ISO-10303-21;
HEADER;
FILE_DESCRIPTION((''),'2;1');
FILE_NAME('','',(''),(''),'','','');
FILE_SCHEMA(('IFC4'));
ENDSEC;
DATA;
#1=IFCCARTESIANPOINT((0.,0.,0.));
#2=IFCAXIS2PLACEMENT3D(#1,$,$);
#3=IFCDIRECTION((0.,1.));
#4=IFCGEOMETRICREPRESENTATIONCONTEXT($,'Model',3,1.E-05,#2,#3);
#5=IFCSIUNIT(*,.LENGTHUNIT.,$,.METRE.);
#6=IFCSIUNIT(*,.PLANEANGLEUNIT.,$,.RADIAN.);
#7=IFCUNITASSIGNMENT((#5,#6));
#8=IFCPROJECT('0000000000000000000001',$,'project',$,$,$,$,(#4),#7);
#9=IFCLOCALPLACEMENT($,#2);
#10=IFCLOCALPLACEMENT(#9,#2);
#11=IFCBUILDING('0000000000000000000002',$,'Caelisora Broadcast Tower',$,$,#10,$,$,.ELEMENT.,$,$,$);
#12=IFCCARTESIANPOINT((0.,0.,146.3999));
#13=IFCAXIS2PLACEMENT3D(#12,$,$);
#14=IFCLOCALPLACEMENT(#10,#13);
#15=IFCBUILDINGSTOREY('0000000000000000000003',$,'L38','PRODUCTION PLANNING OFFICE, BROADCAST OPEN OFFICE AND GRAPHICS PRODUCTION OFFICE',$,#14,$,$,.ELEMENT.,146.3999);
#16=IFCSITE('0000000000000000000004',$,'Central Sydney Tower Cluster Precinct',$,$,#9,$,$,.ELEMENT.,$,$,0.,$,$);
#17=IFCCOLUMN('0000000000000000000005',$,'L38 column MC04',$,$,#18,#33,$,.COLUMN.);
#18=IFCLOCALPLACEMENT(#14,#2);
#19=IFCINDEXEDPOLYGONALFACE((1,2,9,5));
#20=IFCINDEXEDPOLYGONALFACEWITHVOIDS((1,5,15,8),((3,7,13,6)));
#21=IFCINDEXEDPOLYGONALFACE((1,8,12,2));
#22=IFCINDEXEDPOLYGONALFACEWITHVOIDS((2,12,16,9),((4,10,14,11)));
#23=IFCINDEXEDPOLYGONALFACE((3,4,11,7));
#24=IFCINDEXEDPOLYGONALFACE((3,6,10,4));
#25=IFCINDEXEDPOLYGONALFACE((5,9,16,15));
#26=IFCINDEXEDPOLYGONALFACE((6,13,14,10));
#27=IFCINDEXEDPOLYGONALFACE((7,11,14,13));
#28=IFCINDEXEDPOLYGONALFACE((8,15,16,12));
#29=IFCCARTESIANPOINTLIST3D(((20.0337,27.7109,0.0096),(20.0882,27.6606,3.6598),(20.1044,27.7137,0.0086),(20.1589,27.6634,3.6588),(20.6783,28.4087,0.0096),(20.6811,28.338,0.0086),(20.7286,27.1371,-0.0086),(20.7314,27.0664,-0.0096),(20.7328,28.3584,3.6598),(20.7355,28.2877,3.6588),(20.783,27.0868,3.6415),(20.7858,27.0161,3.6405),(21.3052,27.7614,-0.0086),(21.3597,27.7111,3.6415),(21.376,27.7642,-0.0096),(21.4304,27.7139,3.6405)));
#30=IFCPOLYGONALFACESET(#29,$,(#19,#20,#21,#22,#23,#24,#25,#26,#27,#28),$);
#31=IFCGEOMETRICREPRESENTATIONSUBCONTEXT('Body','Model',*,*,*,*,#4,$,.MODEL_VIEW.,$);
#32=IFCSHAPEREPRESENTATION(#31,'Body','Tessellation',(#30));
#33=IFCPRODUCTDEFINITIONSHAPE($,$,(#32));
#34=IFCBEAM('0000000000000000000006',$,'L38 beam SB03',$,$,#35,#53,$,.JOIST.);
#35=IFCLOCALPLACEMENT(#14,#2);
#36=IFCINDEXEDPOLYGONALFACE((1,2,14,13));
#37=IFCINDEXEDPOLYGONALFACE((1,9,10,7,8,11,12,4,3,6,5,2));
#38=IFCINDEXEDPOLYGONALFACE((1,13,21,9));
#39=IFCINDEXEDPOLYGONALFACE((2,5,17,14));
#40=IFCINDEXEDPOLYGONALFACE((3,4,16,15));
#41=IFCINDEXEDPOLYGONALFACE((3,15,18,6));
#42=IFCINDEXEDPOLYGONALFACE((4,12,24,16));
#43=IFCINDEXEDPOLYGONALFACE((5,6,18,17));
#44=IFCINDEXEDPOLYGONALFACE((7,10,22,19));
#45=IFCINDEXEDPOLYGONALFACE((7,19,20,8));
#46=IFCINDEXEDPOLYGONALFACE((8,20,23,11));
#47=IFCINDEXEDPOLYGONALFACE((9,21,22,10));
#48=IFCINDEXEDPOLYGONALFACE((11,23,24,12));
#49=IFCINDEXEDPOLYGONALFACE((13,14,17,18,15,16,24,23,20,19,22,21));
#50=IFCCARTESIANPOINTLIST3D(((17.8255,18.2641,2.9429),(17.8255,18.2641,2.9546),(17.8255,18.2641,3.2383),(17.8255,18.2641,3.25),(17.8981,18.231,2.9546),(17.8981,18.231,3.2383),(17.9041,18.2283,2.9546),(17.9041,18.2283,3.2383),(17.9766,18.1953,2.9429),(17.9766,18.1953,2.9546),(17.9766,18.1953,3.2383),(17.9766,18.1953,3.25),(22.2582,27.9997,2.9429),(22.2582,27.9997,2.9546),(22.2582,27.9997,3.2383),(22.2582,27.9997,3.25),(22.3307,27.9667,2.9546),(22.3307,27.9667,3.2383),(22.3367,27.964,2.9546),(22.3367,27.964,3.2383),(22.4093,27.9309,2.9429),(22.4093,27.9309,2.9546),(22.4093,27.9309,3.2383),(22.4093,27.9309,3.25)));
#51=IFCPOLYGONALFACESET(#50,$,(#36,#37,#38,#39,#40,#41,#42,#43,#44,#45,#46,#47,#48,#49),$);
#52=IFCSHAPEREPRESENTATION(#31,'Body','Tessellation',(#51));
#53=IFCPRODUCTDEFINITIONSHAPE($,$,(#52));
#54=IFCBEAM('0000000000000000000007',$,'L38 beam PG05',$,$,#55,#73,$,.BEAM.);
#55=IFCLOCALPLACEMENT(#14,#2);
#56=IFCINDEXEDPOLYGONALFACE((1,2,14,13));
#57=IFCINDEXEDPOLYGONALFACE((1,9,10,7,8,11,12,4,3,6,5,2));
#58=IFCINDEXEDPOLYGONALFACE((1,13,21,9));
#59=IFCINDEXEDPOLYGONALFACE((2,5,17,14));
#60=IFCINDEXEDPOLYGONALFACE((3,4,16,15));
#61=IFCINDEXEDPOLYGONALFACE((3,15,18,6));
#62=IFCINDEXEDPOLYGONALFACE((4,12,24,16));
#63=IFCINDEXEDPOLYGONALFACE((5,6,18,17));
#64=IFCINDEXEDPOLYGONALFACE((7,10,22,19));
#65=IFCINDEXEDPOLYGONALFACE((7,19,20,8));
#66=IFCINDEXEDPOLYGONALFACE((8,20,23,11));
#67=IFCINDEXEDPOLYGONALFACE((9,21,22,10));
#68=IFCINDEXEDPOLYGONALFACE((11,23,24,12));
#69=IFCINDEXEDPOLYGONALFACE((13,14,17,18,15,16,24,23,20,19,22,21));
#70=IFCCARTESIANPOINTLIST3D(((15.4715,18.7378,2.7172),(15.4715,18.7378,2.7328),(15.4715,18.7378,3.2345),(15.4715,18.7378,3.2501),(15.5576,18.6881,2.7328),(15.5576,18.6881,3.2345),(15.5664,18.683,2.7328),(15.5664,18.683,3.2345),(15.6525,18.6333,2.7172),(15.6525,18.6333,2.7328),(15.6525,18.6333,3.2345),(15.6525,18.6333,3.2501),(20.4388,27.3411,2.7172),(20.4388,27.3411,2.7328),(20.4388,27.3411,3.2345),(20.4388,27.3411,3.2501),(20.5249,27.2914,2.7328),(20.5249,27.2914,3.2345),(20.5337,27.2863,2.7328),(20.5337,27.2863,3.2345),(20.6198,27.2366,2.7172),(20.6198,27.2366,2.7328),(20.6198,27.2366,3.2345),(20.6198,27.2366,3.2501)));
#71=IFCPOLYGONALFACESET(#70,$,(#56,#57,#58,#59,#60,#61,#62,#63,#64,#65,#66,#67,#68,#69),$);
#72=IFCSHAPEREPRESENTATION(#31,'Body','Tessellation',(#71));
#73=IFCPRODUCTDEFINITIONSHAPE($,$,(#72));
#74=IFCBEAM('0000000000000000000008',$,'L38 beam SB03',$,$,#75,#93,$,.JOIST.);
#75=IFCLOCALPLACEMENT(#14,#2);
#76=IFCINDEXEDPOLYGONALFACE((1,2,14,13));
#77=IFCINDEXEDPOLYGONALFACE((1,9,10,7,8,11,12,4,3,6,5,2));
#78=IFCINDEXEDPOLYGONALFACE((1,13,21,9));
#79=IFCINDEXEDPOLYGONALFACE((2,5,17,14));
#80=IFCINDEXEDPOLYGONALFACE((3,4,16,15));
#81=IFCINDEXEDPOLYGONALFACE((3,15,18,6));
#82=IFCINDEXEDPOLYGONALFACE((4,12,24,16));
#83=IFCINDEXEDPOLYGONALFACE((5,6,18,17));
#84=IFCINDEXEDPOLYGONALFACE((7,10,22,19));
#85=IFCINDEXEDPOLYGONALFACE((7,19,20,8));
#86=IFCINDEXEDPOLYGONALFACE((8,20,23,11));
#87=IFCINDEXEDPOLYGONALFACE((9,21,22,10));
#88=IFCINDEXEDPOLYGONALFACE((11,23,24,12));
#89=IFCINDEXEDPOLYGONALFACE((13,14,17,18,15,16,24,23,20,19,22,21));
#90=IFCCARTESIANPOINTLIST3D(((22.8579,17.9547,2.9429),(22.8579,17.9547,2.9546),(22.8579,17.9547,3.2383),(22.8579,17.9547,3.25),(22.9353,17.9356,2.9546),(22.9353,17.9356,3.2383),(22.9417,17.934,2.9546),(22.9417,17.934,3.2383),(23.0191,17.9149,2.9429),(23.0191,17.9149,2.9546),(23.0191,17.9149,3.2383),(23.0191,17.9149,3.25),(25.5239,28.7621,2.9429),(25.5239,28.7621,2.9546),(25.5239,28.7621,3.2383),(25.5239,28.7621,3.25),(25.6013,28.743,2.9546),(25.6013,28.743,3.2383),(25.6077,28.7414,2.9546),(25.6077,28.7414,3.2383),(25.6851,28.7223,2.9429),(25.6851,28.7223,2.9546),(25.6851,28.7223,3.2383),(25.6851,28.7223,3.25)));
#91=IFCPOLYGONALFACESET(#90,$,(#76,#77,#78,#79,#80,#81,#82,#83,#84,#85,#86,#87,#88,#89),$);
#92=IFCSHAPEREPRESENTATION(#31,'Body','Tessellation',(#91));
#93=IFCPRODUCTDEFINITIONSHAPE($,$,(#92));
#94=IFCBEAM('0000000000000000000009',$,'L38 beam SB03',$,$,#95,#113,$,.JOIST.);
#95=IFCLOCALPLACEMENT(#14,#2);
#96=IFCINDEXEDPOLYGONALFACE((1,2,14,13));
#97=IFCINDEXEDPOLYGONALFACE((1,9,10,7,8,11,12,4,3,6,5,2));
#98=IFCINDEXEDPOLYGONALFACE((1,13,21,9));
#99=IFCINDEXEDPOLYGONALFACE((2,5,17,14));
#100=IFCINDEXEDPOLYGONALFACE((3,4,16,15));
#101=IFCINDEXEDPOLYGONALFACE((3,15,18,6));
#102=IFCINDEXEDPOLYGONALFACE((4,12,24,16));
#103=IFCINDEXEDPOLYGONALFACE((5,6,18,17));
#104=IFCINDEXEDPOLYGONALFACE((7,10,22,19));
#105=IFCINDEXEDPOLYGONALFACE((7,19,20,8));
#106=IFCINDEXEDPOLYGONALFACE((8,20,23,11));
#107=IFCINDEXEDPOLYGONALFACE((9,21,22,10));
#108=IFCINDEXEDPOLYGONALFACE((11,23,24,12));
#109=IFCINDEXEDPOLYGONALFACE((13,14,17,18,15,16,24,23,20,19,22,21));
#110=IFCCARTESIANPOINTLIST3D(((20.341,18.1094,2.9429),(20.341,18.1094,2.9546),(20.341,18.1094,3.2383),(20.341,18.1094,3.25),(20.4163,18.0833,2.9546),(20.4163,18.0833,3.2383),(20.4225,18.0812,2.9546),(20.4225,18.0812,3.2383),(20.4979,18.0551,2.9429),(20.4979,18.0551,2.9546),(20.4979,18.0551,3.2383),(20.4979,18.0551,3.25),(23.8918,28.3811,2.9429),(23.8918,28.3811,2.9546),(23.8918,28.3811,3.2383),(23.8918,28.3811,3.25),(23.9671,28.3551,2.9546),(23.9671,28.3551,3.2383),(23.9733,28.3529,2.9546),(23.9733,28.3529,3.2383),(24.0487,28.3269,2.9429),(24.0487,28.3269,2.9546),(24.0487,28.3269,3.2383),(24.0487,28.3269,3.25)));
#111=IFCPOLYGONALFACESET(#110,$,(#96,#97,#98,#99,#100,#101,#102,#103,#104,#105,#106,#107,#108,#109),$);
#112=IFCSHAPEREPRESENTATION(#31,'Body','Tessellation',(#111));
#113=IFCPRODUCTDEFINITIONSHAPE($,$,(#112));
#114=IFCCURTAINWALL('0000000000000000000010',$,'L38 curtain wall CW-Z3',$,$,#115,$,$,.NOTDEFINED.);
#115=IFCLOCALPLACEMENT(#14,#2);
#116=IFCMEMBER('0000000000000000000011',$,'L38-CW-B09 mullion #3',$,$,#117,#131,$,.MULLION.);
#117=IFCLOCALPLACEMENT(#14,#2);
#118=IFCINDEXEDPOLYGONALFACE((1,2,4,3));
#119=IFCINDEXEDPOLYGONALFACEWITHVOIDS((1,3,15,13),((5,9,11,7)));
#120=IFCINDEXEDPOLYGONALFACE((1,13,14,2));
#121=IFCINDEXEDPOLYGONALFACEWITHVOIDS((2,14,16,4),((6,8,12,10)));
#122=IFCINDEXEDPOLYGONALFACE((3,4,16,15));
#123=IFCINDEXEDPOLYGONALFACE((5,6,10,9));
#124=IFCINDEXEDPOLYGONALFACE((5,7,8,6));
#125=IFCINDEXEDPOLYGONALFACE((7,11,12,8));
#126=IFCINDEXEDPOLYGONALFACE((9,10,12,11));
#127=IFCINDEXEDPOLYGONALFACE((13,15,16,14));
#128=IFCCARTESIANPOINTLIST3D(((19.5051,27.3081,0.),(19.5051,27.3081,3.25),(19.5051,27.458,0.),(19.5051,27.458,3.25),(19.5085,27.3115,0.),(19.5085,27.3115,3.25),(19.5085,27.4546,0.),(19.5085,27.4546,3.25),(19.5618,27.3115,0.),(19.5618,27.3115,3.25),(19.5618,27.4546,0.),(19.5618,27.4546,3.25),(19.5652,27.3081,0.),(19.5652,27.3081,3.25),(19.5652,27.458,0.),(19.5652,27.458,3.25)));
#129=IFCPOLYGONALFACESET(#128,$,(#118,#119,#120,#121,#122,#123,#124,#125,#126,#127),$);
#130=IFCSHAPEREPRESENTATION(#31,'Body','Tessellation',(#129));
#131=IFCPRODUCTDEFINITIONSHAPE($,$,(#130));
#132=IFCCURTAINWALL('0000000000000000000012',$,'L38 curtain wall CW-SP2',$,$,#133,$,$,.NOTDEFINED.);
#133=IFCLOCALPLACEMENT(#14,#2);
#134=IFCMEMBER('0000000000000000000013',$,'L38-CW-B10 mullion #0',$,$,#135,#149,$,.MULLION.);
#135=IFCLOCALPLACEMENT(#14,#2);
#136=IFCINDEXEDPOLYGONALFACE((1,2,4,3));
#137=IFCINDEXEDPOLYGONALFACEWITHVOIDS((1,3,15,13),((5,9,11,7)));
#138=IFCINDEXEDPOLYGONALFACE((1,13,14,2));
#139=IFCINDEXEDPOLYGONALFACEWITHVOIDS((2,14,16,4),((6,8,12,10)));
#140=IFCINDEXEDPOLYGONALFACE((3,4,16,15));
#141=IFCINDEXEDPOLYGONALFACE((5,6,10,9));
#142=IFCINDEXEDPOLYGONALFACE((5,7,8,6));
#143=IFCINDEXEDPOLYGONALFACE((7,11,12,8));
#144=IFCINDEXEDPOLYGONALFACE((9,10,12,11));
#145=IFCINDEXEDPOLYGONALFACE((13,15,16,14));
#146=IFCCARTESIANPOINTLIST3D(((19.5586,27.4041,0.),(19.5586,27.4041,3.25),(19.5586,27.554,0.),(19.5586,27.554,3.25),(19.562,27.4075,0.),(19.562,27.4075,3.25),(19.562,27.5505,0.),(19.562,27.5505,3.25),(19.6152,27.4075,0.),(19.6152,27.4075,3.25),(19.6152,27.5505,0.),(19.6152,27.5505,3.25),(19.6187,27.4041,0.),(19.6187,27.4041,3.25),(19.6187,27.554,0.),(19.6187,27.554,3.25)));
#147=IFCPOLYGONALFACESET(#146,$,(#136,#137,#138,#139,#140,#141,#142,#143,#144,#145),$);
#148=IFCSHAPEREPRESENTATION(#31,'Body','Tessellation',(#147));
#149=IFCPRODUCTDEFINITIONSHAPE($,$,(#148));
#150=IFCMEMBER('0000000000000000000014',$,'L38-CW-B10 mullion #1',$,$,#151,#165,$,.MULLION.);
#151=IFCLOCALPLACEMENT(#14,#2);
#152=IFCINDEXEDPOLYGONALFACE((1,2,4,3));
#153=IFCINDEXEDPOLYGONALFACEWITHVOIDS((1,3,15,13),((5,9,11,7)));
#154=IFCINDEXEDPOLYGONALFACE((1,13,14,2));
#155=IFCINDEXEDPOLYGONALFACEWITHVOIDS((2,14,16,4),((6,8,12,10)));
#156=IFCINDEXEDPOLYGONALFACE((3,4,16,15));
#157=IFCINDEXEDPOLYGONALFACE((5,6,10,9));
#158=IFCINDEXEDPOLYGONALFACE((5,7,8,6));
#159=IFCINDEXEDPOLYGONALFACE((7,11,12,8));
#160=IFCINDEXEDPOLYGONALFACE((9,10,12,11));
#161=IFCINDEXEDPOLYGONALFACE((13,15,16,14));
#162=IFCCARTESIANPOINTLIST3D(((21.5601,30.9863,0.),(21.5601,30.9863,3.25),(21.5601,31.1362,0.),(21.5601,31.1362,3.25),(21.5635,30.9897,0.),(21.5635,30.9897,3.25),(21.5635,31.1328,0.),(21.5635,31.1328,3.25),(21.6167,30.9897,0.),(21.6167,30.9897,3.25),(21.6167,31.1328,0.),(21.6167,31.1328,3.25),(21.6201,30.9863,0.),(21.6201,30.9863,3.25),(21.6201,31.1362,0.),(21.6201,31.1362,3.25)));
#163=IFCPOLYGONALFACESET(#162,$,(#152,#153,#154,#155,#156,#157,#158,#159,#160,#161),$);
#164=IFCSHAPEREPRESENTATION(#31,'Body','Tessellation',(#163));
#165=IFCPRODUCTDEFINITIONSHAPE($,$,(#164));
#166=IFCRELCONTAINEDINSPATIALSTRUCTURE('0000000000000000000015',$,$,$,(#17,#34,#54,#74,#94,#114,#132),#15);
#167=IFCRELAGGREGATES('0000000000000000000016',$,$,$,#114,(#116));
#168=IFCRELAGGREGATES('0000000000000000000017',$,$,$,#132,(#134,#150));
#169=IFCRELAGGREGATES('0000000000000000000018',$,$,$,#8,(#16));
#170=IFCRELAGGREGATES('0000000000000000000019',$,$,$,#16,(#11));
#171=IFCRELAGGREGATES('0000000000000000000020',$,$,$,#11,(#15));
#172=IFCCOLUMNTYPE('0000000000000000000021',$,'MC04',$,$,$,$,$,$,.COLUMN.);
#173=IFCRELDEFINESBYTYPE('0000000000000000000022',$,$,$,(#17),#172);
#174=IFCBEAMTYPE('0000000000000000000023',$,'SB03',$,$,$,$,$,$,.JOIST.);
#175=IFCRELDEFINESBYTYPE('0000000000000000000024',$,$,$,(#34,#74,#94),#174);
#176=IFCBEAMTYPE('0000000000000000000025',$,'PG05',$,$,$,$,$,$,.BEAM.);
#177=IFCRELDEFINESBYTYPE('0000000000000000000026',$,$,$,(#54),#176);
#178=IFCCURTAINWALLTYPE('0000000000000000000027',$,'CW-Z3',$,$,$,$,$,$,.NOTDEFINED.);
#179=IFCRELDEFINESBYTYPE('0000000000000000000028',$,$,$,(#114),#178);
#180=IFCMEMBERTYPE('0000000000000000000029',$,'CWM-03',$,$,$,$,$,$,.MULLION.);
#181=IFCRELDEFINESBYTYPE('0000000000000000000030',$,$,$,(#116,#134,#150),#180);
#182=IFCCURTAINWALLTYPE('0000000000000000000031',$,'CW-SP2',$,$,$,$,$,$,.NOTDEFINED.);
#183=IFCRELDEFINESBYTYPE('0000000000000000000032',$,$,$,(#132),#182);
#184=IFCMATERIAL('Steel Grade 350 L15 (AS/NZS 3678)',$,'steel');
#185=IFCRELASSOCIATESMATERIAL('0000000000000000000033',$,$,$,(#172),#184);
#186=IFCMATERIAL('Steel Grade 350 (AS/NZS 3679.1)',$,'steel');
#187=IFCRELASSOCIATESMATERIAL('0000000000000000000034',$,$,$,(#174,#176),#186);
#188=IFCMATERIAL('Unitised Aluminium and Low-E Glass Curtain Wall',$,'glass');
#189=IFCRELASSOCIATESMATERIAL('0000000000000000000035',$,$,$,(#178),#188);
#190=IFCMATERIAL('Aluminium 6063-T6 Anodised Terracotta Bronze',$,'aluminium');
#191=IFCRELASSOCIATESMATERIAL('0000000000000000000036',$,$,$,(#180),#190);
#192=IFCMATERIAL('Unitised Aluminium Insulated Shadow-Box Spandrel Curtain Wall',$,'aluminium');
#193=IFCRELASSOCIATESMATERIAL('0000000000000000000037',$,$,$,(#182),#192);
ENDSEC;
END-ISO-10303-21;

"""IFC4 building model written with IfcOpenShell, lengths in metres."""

from ifc_helpers import new_model, si_unit, direction, frame, origin, origin_2d, place, context, subcontext, project, spatial, hollow_rectangle, i_section, extrude, source, transform, mapped, material, material_profile, profile_set, type_object, type_shapes, element, aggregate, save


model = new_model("IFC4")

# Units and contexts
model_context = context("Model", 3, precision=1e-05, world=origin(), true_north=direction((0.0, 1.0)))
body_context = subcontext(model_context, "Body", "Model", "MODEL_VIEW")
ifc_project = project(units=[si_unit("LENGTHUNIT", "METRE"), si_unit("PLANEANGLEUNIT", "RADIAN")], contexts=[model_context])

# Site, building, storey
site_placement = place(None, origin())
site = spatial("IfcSite", under=ifc_project, at=site_placement, Name="Central Sydney Tower Cluster Precinct", CompositionType="ELEMENT", RefElevation=0.0)
building_placement = place(site_placement, origin())
building = spatial("IfcBuilding", under=site, at=building_placement, Name="Caelisora Broadcast Tower", CompositionType="ELEMENT")
storey_placement = place(building_placement, frame((0.0, 0.0, 146.3999)))
storey = spatial("IfcBuildingStorey", under=building, at=storey_placement, Name="L38", Description="PRODUCTION PLANNING OFFICE, BROADCAST OPEN OFFICE AND GRAPHICS PRODUCTION OFFICE", CompositionType="ELEMENT", Elevation=146.3999)

# Column
ifc_material_1 = material(Name="Steel Grade 350 L15 (AS/NZS 3678)", Category="steel")
ifc_material_profile_1 = material_profile(ifc_material_1, hollow_rectangle(XDim=0.95, YDim=0.95, WallThickness=0.05, at=origin_2d()), Name="Steel Grade 350 L15 (AS/NZS 3678)")
ifc_profile_set_1 = profile_set([ifc_material_profile_1], Name="Steel Grade 350 L15 (AS/NZS 3678)")
column_type = type_object("IfcColumnType", Name="MC04", PredefinedType="COLUMN", material=ifc_profile_set_1)
shared_shape_1 = source(origin(), body_context, "Body", "SweptSolid", [
    extrude(hollow_rectangle(XDim=0.95, YDim=0.95, WallThickness=0.05, at=origin_2d()), origin(), (0.0, 0.0, 1.0), 3.6509),
])
type_shapes(column_type, [shared_shape_1])
column_placement = place(storey_placement, frame((20.7048, 27.7375, 0.0), z_axis=(0.014912, -0.013776, 0.999794), x_axis=(0.678554, 0.734551, 0.0)))
element("IfcColumn", 1, at=column_placement, inside=storey, type_object=column_type, Name="L38 column MC04", PredefinedType="COLUMN", context=body_context, shape_type="MappedRepresentation", body=[
    mapped(shared_shape_1, transform((0.0, 0.0, 0.0), scale=1.0)),
])

# Beams
ifc_material_2 = material(Name="Steel Grade 350 (AS/NZS 3679.1)", Category="steel")
ifc_material_profile_2 = material_profile(ifc_material_2, i_section(OverallWidth=0.166, OverallDepth=0.3071, WebThickness=0.0066, FlangeThickness=0.0117, at=origin_2d()), Name="Steel Grade 350 (AS/NZS 3679.1)")
ifc_profile_set_2 = profile_set([ifc_material_profile_2], Name="Steel Grade 350 (AS/NZS 3679.1)")
beam_type_1 = type_object("IfcBeamType", Name="SB03", PredefinedType="JOIST", material=ifc_profile_set_2)
shared_shape_2 = source(origin(), body_context, "Body", "SweptSolid", [
    extrude(i_section(OverallWidth=0.166, OverallDepth=0.3071, WebThickness=0.0066, FlangeThickness=0.0117, at=origin_2d()), origin(), (0.0, 0.0, 1.0), 10.6973),
])
beam_1_placement = place(storey_placement, frame((22.3337, 27.9653, 3.0964), z_axis=(-0.414372, -0.910108, 0.0), x_axis=(0.910108, -0.414372, 0.0)))
element("IfcBeam", 2, at=beam_1_placement, inside=storey, type_object=beam_type_1, Name="L38 beam SB03", PredefinedType="JOIST", context=body_context, shape_type="MappedRepresentation", body=[
    mapped(shared_shape_2, transform((0.0, 0.0, 0.0), scale=1.0)),
])
ifc_material_profile_3 = material_profile(ifc_material_2, i_section(OverallWidth=0.209, OverallDepth=0.533, WebThickness=0.0103, FlangeThickness=0.0156, at=origin_2d()), Name="Steel Grade 350 (AS/NZS 3679.1)")
ifc_profile_set_3 = profile_set([ifc_material_profile_3], Name="Steel Grade 350 (AS/NZS 3679.1)")
beam_type_2 = type_object("IfcBeamType", Name="PG05", PredefinedType="BEAM", material=ifc_profile_set_3)
shared_shape_3 = source(origin(), body_context, "Body", "SweptSolid", [
    extrude(i_section(OverallWidth=0.209, OverallDepth=0.533, WebThickness=0.0103, FlangeThickness=0.0156, at=origin_2d()), origin(), (0.0, 0.0, 1.0), 9.9343),
])
type_shapes(beam_type_2, [shared_shape_3])
beam_2_placement = place(storey_placement, frame((20.5293, 27.2888, 2.9836), z_axis=(-0.500014, -0.866017, 0.0), x_axis=(0.866017, -0.500014, 0.0)))
element("IfcBeam", 3, at=beam_2_placement, inside=storey, type_object=beam_type_2, Name="L38 beam PG05", PredefinedType="BEAM", context=body_context, shape_type="MappedRepresentation", body=[
    mapped(shared_shape_3, transform((0.0, 0.0, 0.0), scale=1.0)),
])
shared_shape_4 = source(origin(), body_context, "Body", "SweptSolid", [
    extrude(i_section(OverallWidth=0.166, OverallDepth=0.3071, WebThickness=0.0066, FlangeThickness=0.0117, at=origin_2d()), origin(), (0.0, 0.0, 1.0), 11.1313),
])
beam_3_placement = place(storey_placement, frame((25.6045, 28.7422, 3.0964), z_axis=(-0.239505, -0.970895, 0.0), x_axis=(0.970895, -0.239505, 0.0)))
element("IfcBeam", 4, at=beam_3_placement, inside=storey, type_object=beam_type_1, Name="L38 beam SB03", PredefinedType="JOIST", context=body_context, shape_type="MappedRepresentation", body=[
    mapped(shared_shape_4, transform((0.0, 0.0, 0.0), scale=1.0)),
])
shared_shape_5 = source(origin(), body_context, "Body", "SweptSolid", [
    extrude(i_section(OverallWidth=0.166, OverallDepth=0.3071, WebThickness=0.0066, FlangeThickness=0.0117, at=origin_2d()), origin(), (0.0, 0.0, 1.0), 10.8682),
])
type_shapes(beam_type_1, [shared_shape_2, shared_shape_4, shared_shape_5])
beam_4_placement = place(storey_placement, frame((23.9702, 28.354, 3.0964), z_axis=(-0.326715, -0.945123, 0.0), x_axis=(0.945123, -0.326715, 0.0)))
element("IfcBeam", 5, at=beam_4_placement, inside=storey, type_object=beam_type_1, Name="L38 beam SB03", PredefinedType="JOIST", context=body_context, shape_type="MappedRepresentation", body=[
    mapped(shared_shape_5, transform((0.0, 0.0, 0.0), scale=1.0)),
])

# Curtain wall, member
ifc_material_3 = material(Name="Unitised Aluminium and Low-E Glass Curtain Wall", Category="glass")
curtain_wall_type_1 = type_object("IfcCurtainWallType", Name="CW-Z3", PredefinedType="NOTDEFINED", material=ifc_material_3)
curtain_wall_1_placement = place(storey_placement, origin())
curtain_wall_1 = element("IfcCurtainWall", 6, at=curtain_wall_1_placement, inside=storey, type_object=curtain_wall_type_1, Name="L38 curtain wall CW-Z3", PredefinedType="NOTDEFINED")
ifc_material_4 = material(Name="Aluminium 6063-T6 Anodised Terracotta Bronze", Category="aluminium")
ifc_material_profile_4 = material_profile(ifc_material_4, hollow_rectangle(XDim=0.0601, YDim=0.1499, WallThickness=0.0034, at=origin_2d()), Name="Aluminium 6063-T6 Anodised Terracotta Bronze")
ifc_profile_set_4 = profile_set([ifc_material_profile_4], Name="Aluminium 6063-T6 Anodised Terracotta Bronze")
member_type_1 = type_object("IfcMemberType", Name="CWM-03", PredefinedType="MULLION", material=ifc_profile_set_4)
shared_shape_6 = source(origin(), body_context, "Body", "SweptSolid", [
    extrude(hollow_rectangle(XDim=0.0601, YDim=0.1499, WallThickness=0.0034, at=origin_2d()), origin(), (0.0, 0.0, 1.0), 3.25),
])
type_shapes(member_type_1, [shared_shape_6])
member_1_placement = place(storey_placement, frame((19.5352, 27.3831, 0.0), z_axis=(0.0, 0.0, 1.0), x_axis=(1.0, 0.0, 0.0)))
member_1 = element("IfcMember", 7, at=member_1_placement, type_object=member_type_1, Name="L38-CW-B09 mullion #3", PredefinedType="MULLION", context=body_context, shape_type="MappedRepresentation", body=[
    mapped(shared_shape_6, transform((0.0, 0.0, 0.0), scale=1.0)),
])

# Curtain wall, members
ifc_material_5 = material(Name="Unitised Aluminium Insulated Shadow-Box Spandrel Curtain Wall", Category="aluminium")
curtain_wall_type_2 = type_object("IfcCurtainWallType", Name="CW-SP2", PredefinedType="NOTDEFINED", material=ifc_material_5)
curtain_wall_2_placement = place(storey_placement, origin())
curtain_wall_2 = element("IfcCurtainWall", 8, at=curtain_wall_2_placement, inside=storey, type_object=curtain_wall_type_2, Name="L38 curtain wall CW-SP2", PredefinedType="NOTDEFINED")
member_2_placement = place(storey_placement, frame((19.5886, 27.479, 0.0), z_axis=(0.0, 0.0, 1.0), x_axis=(1.0, 0.0, 0.0)))
member_2 = element("IfcMember", 9, at=member_2_placement, type_object=member_type_1, Name="L38-CW-B10 mullion #0", PredefinedType="MULLION", context=body_context, shape_type="MappedRepresentation", body=[
    mapped(shared_shape_6, transform((0.0, 0.0, 0.0), scale=1.0)),
])
member_3_placement = place(storey_placement, frame((21.5901, 31.0613, 0.0), z_axis=(0.0, 0.0, 1.0), x_axis=(1.0, 0.0, 0.0)))
member_3 = element("IfcMember", 10, at=member_3_placement, type_object=member_type_1, Name="L38-CW-B10 mullion #1", PredefinedType="MULLION", context=body_context, shape_type="MappedRepresentation", body=[
    mapped(shared_shape_6, transform((0.0, 0.0, 0.0), scale=1.0)),
])

aggregate(curtain_wall_1, [member_1])
aggregate(curtain_wall_2, [member_2, member_3])

save(model, "model.ifc")
